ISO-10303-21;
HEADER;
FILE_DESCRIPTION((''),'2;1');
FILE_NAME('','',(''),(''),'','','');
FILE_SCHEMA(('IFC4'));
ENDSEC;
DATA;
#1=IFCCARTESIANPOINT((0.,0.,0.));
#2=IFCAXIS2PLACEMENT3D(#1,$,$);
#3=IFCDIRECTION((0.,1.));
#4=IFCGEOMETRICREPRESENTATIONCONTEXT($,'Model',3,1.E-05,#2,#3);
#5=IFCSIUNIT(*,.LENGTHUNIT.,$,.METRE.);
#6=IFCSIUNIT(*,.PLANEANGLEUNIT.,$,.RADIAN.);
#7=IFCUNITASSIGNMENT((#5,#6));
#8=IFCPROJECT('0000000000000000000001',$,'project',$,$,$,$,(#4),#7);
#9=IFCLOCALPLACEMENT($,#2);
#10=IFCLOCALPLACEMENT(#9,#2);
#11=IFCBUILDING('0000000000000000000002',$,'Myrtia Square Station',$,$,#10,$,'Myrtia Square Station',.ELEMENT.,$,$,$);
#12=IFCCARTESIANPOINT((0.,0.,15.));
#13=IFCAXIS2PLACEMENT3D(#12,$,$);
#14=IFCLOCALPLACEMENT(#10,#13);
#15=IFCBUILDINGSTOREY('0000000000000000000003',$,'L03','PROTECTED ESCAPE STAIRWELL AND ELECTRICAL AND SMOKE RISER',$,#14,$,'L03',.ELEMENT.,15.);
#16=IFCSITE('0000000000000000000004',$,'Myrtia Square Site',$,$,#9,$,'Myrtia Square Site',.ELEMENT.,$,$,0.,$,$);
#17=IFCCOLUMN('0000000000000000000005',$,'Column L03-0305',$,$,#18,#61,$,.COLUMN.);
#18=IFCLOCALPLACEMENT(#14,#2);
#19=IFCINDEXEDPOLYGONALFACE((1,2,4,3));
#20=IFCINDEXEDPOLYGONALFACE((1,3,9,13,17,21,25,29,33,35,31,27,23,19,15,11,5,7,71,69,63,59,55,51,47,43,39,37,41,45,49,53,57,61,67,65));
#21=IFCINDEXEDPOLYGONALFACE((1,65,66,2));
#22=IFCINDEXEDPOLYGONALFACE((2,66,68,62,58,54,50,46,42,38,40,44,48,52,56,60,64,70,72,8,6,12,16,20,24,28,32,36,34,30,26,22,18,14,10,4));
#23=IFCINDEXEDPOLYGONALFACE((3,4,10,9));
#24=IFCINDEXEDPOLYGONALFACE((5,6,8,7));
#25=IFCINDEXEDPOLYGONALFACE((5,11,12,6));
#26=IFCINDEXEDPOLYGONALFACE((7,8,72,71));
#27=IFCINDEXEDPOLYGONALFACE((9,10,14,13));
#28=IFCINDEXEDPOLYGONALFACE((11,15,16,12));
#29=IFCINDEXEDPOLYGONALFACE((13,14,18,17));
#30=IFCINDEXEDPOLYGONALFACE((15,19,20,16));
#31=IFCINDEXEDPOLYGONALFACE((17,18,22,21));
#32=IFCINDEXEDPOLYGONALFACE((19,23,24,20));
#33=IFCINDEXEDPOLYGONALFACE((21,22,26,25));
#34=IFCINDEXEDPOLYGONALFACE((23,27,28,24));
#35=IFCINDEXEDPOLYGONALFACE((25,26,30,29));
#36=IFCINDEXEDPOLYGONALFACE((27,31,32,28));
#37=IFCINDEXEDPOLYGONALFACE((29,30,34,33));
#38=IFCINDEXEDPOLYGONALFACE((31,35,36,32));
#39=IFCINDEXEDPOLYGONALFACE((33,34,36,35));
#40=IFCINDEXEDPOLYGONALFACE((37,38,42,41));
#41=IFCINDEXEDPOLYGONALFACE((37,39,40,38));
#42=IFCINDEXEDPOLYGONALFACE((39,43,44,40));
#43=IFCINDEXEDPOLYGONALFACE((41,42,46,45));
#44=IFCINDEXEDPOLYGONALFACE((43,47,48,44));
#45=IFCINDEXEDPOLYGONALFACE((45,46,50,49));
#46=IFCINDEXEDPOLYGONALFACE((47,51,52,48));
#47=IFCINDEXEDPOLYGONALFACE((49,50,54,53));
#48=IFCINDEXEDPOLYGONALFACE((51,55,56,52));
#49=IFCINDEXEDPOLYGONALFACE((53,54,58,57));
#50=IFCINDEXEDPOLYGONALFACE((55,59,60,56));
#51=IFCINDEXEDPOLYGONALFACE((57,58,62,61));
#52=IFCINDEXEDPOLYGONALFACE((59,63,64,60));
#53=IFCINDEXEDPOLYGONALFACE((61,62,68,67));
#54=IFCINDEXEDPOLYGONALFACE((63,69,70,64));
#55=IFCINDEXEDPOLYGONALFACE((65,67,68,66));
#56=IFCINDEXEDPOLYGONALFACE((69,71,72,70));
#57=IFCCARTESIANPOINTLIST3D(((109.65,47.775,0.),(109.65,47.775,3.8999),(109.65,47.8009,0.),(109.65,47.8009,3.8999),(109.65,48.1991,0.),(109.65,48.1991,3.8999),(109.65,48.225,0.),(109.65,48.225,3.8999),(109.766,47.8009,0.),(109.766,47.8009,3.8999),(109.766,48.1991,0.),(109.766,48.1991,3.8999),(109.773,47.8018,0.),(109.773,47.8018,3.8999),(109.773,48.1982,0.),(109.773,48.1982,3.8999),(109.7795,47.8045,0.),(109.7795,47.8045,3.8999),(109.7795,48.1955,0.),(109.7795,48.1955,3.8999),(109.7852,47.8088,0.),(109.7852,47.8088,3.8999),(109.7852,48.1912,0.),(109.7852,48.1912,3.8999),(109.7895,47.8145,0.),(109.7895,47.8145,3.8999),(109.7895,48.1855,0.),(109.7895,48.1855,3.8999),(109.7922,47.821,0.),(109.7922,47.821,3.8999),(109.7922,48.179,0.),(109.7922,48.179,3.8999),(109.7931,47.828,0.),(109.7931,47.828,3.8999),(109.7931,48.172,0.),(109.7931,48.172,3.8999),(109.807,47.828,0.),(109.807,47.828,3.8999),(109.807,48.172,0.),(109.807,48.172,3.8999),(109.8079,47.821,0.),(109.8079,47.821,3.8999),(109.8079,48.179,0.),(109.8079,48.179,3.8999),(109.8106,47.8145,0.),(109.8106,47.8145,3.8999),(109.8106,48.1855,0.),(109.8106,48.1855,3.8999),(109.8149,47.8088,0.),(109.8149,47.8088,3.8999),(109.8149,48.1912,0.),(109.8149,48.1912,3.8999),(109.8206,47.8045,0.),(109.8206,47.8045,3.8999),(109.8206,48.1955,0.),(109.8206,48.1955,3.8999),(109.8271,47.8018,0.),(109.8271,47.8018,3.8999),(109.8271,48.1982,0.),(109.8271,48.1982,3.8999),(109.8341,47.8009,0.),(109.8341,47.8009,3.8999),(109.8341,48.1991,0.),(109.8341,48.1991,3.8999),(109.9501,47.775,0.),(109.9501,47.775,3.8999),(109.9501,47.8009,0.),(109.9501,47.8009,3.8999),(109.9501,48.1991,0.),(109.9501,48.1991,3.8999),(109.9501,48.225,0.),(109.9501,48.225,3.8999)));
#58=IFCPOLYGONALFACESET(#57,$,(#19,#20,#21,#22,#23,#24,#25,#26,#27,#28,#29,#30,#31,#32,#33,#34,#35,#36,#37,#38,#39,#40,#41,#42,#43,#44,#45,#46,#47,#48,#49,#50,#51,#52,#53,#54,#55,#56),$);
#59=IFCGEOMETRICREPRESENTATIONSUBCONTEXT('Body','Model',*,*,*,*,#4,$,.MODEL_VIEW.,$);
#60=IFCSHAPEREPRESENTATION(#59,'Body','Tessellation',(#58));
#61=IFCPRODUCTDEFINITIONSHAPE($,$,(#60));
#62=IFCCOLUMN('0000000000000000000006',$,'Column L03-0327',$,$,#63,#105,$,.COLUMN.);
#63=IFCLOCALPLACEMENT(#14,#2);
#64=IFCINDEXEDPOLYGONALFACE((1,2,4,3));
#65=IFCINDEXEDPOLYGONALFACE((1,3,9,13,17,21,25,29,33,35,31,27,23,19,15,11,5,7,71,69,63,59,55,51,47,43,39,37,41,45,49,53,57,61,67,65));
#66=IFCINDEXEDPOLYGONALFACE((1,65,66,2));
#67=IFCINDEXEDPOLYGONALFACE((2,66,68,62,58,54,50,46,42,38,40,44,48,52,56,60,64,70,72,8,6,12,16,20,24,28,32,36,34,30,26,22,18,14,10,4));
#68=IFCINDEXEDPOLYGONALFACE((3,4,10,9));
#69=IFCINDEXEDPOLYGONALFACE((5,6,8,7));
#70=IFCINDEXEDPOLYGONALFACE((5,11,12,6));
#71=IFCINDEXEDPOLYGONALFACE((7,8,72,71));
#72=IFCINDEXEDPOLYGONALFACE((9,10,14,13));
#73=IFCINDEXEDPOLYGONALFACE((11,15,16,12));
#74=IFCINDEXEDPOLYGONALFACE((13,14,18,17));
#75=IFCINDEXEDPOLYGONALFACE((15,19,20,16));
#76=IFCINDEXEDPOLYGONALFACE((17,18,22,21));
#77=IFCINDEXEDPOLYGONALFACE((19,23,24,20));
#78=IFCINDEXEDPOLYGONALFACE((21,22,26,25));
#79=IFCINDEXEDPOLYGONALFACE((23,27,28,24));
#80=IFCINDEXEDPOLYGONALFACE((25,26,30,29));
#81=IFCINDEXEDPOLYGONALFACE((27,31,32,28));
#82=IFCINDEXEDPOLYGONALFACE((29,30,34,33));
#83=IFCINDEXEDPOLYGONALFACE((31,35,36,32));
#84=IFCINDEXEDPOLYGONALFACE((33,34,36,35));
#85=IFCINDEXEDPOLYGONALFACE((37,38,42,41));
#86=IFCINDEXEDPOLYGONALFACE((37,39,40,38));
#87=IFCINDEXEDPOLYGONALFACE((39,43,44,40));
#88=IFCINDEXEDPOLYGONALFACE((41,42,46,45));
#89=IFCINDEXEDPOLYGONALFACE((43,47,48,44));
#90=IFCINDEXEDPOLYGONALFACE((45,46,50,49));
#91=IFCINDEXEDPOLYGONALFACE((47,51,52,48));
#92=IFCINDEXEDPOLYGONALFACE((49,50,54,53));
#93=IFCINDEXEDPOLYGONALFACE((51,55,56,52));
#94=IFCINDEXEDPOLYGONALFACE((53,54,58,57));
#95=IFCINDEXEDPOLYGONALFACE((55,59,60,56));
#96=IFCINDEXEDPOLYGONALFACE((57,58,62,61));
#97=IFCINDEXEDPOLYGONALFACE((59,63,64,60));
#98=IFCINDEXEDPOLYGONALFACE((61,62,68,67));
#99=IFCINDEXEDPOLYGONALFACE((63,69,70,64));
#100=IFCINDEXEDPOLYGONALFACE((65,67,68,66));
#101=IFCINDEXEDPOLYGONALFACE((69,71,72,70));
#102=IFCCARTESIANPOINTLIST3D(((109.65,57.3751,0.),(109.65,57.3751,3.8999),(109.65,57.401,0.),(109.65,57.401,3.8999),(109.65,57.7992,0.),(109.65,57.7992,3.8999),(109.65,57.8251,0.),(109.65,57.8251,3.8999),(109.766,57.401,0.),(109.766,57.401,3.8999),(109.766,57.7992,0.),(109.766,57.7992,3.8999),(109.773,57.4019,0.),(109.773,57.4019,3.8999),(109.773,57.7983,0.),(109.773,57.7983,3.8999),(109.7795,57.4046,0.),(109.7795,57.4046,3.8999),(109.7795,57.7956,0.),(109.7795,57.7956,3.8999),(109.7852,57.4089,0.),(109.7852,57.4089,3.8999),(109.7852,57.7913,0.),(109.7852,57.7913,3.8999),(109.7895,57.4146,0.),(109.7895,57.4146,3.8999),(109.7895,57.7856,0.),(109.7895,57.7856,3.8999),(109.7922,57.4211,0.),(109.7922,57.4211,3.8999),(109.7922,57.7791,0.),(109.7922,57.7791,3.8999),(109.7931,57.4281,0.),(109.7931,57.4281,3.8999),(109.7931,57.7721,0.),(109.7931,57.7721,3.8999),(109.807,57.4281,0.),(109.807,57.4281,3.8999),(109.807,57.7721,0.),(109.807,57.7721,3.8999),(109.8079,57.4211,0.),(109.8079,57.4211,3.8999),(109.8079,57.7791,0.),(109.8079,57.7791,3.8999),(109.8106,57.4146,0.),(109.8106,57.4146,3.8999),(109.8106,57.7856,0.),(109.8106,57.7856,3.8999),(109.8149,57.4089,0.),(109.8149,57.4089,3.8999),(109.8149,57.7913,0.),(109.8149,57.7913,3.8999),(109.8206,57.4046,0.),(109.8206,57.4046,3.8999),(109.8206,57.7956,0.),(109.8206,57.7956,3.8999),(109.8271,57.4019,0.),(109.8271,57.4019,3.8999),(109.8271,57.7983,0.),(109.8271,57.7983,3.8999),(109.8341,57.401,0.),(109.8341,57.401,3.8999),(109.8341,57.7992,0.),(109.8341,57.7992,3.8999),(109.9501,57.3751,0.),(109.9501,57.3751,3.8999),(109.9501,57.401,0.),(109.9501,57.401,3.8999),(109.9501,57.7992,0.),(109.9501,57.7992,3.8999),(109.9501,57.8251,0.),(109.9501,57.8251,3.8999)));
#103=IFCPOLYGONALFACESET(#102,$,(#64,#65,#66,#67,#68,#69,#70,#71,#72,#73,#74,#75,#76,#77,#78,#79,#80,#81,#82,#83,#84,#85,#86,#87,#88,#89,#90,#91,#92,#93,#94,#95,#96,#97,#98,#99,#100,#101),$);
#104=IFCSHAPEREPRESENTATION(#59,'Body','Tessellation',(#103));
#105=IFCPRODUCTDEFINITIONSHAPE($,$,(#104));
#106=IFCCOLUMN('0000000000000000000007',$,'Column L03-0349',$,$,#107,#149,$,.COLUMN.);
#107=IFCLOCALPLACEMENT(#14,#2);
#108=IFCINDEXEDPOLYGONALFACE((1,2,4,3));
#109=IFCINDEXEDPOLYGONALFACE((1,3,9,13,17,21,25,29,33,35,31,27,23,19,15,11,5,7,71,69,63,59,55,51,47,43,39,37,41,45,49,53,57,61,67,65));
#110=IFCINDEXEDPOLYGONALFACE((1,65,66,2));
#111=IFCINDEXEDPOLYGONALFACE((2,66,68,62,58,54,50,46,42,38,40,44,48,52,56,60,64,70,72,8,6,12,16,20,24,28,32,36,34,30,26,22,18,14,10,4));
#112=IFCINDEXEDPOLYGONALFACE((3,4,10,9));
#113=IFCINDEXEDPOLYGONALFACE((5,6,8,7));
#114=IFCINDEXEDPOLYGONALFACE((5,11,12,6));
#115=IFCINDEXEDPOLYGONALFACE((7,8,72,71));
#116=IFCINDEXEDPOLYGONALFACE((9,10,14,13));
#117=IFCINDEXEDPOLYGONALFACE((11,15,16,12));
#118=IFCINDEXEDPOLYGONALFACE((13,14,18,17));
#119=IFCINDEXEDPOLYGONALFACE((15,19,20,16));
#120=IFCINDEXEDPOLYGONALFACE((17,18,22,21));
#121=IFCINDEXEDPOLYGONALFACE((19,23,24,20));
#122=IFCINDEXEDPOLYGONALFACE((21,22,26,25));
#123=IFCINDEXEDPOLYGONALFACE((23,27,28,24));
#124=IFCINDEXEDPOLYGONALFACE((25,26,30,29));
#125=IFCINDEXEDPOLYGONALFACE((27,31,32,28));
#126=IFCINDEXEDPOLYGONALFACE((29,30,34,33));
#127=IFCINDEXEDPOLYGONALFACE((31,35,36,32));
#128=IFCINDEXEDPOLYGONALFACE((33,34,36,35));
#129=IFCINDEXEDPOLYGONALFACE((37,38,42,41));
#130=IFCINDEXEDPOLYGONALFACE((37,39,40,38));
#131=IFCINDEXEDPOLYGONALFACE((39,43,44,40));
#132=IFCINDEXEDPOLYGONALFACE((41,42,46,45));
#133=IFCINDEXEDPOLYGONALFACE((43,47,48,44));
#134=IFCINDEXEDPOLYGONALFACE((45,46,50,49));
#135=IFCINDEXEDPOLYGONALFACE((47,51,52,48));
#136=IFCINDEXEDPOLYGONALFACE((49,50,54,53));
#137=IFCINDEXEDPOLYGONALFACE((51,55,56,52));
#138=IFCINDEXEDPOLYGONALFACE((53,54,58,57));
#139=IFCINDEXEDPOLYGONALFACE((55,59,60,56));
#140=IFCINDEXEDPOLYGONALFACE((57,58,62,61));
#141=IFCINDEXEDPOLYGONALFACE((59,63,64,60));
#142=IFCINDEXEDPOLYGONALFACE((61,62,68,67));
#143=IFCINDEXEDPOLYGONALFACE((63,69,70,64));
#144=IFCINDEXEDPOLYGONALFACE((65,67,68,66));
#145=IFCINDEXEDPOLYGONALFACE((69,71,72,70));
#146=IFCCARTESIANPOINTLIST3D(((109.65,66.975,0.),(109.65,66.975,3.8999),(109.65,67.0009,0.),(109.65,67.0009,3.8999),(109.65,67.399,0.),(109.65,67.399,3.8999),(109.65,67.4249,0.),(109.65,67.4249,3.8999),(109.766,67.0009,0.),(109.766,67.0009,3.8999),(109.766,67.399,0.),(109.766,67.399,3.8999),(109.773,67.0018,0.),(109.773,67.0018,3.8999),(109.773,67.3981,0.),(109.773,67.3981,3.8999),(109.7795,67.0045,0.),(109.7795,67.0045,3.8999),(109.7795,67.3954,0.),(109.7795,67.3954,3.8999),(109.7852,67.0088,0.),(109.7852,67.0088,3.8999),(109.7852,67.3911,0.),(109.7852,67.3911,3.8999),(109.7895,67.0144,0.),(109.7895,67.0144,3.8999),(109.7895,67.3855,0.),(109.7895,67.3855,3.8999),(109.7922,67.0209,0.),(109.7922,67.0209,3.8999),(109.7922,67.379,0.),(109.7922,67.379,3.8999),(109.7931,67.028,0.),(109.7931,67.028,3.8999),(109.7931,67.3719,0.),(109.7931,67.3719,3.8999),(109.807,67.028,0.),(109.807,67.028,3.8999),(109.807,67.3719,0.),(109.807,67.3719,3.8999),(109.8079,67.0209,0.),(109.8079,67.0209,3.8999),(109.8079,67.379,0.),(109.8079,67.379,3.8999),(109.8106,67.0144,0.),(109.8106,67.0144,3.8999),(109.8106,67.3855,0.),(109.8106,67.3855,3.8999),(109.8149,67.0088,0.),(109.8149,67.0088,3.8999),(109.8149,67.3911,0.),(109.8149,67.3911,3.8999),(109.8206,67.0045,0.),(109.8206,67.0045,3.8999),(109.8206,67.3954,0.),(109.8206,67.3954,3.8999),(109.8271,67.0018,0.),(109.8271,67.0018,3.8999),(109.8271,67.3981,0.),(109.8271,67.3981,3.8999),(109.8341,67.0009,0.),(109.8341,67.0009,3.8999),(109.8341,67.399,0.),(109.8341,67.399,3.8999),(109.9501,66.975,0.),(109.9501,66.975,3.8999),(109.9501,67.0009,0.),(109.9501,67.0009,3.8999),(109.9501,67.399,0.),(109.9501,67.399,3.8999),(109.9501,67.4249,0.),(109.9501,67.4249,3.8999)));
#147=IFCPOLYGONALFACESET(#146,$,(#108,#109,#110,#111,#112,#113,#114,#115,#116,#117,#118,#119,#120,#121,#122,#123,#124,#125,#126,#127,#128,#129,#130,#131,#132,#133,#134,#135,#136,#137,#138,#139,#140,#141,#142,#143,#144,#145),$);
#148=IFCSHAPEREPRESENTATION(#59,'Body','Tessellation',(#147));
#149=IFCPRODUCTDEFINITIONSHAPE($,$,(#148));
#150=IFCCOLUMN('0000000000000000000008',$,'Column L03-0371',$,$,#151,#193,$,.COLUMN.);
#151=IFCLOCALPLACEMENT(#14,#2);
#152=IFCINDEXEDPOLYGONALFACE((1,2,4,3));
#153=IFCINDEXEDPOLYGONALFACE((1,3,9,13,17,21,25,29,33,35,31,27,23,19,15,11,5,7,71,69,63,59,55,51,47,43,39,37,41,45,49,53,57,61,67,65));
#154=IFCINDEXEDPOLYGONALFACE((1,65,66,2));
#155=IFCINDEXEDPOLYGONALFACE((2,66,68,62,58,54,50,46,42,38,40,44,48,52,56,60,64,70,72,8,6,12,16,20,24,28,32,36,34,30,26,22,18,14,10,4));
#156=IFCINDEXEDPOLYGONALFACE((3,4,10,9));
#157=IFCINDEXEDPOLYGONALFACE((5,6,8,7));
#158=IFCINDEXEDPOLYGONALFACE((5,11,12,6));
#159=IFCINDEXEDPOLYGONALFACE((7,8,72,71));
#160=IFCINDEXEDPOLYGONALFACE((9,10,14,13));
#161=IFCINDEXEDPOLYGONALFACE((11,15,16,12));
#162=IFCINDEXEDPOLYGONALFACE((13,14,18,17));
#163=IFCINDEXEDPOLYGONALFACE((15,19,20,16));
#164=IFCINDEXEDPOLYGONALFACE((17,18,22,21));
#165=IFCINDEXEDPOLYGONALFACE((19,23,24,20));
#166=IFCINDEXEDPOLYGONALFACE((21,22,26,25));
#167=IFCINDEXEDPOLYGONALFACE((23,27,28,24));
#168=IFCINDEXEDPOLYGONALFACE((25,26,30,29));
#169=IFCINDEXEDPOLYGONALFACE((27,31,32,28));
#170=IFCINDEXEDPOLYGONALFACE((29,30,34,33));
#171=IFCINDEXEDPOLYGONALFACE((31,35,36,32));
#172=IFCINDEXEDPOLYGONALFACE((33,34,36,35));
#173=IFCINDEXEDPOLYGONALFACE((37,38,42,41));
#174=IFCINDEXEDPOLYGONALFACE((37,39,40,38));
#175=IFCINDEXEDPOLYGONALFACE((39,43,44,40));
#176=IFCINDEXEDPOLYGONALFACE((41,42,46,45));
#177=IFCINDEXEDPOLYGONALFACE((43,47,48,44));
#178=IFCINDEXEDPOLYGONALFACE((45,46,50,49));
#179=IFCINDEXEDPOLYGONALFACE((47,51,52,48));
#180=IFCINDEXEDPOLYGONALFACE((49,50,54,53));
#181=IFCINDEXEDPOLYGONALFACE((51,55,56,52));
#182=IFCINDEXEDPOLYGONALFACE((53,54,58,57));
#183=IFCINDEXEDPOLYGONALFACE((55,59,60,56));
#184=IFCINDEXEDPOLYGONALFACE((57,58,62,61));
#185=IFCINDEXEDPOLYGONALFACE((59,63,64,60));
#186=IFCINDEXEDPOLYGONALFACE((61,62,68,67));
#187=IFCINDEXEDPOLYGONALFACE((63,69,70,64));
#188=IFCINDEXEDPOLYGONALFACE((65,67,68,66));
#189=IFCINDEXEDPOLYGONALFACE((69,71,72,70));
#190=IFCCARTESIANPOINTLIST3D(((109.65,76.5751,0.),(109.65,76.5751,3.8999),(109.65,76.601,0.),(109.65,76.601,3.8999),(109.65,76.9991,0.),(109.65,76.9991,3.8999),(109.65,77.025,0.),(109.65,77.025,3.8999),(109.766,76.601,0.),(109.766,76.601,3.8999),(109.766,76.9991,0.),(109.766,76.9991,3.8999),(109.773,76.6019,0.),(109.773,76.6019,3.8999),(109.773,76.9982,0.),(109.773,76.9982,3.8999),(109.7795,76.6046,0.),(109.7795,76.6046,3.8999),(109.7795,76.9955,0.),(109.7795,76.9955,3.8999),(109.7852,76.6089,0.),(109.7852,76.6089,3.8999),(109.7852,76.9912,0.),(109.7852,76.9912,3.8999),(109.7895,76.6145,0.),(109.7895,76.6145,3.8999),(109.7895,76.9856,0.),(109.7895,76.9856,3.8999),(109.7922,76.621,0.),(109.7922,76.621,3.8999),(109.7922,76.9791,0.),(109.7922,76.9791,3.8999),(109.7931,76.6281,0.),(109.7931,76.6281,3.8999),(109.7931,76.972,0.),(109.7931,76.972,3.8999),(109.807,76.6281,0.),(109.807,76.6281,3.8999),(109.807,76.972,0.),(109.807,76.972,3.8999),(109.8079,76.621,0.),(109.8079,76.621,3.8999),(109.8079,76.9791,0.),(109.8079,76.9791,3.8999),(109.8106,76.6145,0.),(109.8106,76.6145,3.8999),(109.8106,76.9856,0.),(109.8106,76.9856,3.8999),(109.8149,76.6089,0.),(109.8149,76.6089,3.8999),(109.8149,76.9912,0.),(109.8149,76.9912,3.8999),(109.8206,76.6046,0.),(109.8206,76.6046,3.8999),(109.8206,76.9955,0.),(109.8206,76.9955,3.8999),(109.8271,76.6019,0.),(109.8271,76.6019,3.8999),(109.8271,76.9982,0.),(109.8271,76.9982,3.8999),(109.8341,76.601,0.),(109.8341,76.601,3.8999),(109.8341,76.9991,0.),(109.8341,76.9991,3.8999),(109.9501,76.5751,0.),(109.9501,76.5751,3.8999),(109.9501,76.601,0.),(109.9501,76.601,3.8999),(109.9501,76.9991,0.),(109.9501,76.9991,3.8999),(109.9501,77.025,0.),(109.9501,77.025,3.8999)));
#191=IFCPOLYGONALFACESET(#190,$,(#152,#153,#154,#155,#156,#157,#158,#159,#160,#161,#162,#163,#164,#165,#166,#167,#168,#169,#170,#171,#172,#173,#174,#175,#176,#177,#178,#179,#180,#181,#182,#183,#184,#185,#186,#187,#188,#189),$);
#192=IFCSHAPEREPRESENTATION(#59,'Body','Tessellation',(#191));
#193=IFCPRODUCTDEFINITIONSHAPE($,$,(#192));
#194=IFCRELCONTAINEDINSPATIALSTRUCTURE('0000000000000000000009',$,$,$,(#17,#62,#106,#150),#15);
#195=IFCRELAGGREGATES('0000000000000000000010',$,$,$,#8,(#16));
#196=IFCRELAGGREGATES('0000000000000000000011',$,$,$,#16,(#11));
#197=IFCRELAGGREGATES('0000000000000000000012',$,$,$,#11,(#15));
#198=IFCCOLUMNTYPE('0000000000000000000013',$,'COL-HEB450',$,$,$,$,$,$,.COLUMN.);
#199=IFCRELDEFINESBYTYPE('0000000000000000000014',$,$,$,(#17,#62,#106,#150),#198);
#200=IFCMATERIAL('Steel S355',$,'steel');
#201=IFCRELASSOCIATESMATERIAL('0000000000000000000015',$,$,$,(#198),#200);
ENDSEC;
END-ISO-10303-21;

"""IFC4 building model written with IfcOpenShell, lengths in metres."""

from ifc_helpers import new_model, si_unit, direction, frame, origin, origin_2d, place, context, subcontext, project, spatial, i_section, extrude, material, material_profile, profile_set, type_object, element, save


model = new_model("IFC4")

# Units and contexts
model_context = context("Model", 3, precision=1e-05, world=origin(), true_north=direction((0.0, 1.0)))
body_context = subcontext(model_context, "Body", "Model", "MODEL_VIEW")
ifc_project = project(units=[si_unit("LENGTHUNIT", "METRE"), si_unit("PLANEANGLEUNIT", "RADIAN")], contexts=[model_context])

# Site, building, storey
site_placement = place(None, origin())
site = spatial("IfcSite", under=ifc_project, at=site_placement, Name="Myrtia Square Site", LongName="Myrtia Square Site", CompositionType="ELEMENT", RefElevation=0.0)
building_placement = place(site_placement, origin())
building = spatial("IfcBuilding", under=site, at=building_placement, Name="Myrtia Square Station", LongName="Myrtia Square Station", CompositionType="ELEMENT")
storey_placement = place(building_placement, frame((0.0, 0.0, 15.0)))
storey = spatial("IfcBuildingStorey", under=building, at=storey_placement, Name="L03", Description="PROTECTED ESCAPE STAIRWELL AND ELECTRICAL AND SMOKE RISER", LongName="L03", CompositionType="ELEMENT", Elevation=15.0)

# Columns
ifc_material_1 = material(Name="Steel S355", Category="steel")
ifc_material_profile_1 = material_profile(ifc_material_1, i_section(OverallWidth=0.3, OverallDepth=0.45, WebThickness=0.0139, FlangeThickness=0.0259, FilletRadius=0.0271, at=origin_2d()), Name="HEB 450")
ifc_profile_set_1 = profile_set([ifc_material_profile_1], Name="Steel S355")
column_type_1 = type_object("IfcColumnType", Name="COL-HEB450", PredefinedType="COLUMN", material=ifc_profile_set_1)
for number, where, z_axis, x_axis, name in (
    (1, (109.8, 48.0, 0.0), (0.0, 0.0, 1.0), (1.0, 0.0, 0.0), "Column L03-0305"),
    (2, (109.8, 57.6001, 0.0), (0.0, 0.0, 1.0), (1.0, 0.0, 0.0), "Column L03-0327"),
    (3, (109.8, 67.2, 0.0), (0.0, 0.0, 1.0), (1.0, 0.0, 0.0), "Column L03-0349"),
    (4, (109.8, 76.8, 0.0), (0.0, 0.0, 1.0), (1.0, 0.0, 0.0), "Column L03-0371"),
):
    element("IfcColumn", number, at=place(storey_placement, frame(where, z_axis=z_axis, x_axis=x_axis)), inside=storey, type_object=column_type_1, Name=name, PredefinedType="COLUMN", context=body_context, shape_type="SweptSolid", body=[
        extrude(i_section(OverallWidth=0.3, OverallDepth=0.45, WebThickness=0.0139, FlangeThickness=0.0259, FilletRadius=0.0271, at=origin_2d()), origin(), (0.0, 0.0, 1.0), 3.8999),
    ])

save(model, "model.ifc")
